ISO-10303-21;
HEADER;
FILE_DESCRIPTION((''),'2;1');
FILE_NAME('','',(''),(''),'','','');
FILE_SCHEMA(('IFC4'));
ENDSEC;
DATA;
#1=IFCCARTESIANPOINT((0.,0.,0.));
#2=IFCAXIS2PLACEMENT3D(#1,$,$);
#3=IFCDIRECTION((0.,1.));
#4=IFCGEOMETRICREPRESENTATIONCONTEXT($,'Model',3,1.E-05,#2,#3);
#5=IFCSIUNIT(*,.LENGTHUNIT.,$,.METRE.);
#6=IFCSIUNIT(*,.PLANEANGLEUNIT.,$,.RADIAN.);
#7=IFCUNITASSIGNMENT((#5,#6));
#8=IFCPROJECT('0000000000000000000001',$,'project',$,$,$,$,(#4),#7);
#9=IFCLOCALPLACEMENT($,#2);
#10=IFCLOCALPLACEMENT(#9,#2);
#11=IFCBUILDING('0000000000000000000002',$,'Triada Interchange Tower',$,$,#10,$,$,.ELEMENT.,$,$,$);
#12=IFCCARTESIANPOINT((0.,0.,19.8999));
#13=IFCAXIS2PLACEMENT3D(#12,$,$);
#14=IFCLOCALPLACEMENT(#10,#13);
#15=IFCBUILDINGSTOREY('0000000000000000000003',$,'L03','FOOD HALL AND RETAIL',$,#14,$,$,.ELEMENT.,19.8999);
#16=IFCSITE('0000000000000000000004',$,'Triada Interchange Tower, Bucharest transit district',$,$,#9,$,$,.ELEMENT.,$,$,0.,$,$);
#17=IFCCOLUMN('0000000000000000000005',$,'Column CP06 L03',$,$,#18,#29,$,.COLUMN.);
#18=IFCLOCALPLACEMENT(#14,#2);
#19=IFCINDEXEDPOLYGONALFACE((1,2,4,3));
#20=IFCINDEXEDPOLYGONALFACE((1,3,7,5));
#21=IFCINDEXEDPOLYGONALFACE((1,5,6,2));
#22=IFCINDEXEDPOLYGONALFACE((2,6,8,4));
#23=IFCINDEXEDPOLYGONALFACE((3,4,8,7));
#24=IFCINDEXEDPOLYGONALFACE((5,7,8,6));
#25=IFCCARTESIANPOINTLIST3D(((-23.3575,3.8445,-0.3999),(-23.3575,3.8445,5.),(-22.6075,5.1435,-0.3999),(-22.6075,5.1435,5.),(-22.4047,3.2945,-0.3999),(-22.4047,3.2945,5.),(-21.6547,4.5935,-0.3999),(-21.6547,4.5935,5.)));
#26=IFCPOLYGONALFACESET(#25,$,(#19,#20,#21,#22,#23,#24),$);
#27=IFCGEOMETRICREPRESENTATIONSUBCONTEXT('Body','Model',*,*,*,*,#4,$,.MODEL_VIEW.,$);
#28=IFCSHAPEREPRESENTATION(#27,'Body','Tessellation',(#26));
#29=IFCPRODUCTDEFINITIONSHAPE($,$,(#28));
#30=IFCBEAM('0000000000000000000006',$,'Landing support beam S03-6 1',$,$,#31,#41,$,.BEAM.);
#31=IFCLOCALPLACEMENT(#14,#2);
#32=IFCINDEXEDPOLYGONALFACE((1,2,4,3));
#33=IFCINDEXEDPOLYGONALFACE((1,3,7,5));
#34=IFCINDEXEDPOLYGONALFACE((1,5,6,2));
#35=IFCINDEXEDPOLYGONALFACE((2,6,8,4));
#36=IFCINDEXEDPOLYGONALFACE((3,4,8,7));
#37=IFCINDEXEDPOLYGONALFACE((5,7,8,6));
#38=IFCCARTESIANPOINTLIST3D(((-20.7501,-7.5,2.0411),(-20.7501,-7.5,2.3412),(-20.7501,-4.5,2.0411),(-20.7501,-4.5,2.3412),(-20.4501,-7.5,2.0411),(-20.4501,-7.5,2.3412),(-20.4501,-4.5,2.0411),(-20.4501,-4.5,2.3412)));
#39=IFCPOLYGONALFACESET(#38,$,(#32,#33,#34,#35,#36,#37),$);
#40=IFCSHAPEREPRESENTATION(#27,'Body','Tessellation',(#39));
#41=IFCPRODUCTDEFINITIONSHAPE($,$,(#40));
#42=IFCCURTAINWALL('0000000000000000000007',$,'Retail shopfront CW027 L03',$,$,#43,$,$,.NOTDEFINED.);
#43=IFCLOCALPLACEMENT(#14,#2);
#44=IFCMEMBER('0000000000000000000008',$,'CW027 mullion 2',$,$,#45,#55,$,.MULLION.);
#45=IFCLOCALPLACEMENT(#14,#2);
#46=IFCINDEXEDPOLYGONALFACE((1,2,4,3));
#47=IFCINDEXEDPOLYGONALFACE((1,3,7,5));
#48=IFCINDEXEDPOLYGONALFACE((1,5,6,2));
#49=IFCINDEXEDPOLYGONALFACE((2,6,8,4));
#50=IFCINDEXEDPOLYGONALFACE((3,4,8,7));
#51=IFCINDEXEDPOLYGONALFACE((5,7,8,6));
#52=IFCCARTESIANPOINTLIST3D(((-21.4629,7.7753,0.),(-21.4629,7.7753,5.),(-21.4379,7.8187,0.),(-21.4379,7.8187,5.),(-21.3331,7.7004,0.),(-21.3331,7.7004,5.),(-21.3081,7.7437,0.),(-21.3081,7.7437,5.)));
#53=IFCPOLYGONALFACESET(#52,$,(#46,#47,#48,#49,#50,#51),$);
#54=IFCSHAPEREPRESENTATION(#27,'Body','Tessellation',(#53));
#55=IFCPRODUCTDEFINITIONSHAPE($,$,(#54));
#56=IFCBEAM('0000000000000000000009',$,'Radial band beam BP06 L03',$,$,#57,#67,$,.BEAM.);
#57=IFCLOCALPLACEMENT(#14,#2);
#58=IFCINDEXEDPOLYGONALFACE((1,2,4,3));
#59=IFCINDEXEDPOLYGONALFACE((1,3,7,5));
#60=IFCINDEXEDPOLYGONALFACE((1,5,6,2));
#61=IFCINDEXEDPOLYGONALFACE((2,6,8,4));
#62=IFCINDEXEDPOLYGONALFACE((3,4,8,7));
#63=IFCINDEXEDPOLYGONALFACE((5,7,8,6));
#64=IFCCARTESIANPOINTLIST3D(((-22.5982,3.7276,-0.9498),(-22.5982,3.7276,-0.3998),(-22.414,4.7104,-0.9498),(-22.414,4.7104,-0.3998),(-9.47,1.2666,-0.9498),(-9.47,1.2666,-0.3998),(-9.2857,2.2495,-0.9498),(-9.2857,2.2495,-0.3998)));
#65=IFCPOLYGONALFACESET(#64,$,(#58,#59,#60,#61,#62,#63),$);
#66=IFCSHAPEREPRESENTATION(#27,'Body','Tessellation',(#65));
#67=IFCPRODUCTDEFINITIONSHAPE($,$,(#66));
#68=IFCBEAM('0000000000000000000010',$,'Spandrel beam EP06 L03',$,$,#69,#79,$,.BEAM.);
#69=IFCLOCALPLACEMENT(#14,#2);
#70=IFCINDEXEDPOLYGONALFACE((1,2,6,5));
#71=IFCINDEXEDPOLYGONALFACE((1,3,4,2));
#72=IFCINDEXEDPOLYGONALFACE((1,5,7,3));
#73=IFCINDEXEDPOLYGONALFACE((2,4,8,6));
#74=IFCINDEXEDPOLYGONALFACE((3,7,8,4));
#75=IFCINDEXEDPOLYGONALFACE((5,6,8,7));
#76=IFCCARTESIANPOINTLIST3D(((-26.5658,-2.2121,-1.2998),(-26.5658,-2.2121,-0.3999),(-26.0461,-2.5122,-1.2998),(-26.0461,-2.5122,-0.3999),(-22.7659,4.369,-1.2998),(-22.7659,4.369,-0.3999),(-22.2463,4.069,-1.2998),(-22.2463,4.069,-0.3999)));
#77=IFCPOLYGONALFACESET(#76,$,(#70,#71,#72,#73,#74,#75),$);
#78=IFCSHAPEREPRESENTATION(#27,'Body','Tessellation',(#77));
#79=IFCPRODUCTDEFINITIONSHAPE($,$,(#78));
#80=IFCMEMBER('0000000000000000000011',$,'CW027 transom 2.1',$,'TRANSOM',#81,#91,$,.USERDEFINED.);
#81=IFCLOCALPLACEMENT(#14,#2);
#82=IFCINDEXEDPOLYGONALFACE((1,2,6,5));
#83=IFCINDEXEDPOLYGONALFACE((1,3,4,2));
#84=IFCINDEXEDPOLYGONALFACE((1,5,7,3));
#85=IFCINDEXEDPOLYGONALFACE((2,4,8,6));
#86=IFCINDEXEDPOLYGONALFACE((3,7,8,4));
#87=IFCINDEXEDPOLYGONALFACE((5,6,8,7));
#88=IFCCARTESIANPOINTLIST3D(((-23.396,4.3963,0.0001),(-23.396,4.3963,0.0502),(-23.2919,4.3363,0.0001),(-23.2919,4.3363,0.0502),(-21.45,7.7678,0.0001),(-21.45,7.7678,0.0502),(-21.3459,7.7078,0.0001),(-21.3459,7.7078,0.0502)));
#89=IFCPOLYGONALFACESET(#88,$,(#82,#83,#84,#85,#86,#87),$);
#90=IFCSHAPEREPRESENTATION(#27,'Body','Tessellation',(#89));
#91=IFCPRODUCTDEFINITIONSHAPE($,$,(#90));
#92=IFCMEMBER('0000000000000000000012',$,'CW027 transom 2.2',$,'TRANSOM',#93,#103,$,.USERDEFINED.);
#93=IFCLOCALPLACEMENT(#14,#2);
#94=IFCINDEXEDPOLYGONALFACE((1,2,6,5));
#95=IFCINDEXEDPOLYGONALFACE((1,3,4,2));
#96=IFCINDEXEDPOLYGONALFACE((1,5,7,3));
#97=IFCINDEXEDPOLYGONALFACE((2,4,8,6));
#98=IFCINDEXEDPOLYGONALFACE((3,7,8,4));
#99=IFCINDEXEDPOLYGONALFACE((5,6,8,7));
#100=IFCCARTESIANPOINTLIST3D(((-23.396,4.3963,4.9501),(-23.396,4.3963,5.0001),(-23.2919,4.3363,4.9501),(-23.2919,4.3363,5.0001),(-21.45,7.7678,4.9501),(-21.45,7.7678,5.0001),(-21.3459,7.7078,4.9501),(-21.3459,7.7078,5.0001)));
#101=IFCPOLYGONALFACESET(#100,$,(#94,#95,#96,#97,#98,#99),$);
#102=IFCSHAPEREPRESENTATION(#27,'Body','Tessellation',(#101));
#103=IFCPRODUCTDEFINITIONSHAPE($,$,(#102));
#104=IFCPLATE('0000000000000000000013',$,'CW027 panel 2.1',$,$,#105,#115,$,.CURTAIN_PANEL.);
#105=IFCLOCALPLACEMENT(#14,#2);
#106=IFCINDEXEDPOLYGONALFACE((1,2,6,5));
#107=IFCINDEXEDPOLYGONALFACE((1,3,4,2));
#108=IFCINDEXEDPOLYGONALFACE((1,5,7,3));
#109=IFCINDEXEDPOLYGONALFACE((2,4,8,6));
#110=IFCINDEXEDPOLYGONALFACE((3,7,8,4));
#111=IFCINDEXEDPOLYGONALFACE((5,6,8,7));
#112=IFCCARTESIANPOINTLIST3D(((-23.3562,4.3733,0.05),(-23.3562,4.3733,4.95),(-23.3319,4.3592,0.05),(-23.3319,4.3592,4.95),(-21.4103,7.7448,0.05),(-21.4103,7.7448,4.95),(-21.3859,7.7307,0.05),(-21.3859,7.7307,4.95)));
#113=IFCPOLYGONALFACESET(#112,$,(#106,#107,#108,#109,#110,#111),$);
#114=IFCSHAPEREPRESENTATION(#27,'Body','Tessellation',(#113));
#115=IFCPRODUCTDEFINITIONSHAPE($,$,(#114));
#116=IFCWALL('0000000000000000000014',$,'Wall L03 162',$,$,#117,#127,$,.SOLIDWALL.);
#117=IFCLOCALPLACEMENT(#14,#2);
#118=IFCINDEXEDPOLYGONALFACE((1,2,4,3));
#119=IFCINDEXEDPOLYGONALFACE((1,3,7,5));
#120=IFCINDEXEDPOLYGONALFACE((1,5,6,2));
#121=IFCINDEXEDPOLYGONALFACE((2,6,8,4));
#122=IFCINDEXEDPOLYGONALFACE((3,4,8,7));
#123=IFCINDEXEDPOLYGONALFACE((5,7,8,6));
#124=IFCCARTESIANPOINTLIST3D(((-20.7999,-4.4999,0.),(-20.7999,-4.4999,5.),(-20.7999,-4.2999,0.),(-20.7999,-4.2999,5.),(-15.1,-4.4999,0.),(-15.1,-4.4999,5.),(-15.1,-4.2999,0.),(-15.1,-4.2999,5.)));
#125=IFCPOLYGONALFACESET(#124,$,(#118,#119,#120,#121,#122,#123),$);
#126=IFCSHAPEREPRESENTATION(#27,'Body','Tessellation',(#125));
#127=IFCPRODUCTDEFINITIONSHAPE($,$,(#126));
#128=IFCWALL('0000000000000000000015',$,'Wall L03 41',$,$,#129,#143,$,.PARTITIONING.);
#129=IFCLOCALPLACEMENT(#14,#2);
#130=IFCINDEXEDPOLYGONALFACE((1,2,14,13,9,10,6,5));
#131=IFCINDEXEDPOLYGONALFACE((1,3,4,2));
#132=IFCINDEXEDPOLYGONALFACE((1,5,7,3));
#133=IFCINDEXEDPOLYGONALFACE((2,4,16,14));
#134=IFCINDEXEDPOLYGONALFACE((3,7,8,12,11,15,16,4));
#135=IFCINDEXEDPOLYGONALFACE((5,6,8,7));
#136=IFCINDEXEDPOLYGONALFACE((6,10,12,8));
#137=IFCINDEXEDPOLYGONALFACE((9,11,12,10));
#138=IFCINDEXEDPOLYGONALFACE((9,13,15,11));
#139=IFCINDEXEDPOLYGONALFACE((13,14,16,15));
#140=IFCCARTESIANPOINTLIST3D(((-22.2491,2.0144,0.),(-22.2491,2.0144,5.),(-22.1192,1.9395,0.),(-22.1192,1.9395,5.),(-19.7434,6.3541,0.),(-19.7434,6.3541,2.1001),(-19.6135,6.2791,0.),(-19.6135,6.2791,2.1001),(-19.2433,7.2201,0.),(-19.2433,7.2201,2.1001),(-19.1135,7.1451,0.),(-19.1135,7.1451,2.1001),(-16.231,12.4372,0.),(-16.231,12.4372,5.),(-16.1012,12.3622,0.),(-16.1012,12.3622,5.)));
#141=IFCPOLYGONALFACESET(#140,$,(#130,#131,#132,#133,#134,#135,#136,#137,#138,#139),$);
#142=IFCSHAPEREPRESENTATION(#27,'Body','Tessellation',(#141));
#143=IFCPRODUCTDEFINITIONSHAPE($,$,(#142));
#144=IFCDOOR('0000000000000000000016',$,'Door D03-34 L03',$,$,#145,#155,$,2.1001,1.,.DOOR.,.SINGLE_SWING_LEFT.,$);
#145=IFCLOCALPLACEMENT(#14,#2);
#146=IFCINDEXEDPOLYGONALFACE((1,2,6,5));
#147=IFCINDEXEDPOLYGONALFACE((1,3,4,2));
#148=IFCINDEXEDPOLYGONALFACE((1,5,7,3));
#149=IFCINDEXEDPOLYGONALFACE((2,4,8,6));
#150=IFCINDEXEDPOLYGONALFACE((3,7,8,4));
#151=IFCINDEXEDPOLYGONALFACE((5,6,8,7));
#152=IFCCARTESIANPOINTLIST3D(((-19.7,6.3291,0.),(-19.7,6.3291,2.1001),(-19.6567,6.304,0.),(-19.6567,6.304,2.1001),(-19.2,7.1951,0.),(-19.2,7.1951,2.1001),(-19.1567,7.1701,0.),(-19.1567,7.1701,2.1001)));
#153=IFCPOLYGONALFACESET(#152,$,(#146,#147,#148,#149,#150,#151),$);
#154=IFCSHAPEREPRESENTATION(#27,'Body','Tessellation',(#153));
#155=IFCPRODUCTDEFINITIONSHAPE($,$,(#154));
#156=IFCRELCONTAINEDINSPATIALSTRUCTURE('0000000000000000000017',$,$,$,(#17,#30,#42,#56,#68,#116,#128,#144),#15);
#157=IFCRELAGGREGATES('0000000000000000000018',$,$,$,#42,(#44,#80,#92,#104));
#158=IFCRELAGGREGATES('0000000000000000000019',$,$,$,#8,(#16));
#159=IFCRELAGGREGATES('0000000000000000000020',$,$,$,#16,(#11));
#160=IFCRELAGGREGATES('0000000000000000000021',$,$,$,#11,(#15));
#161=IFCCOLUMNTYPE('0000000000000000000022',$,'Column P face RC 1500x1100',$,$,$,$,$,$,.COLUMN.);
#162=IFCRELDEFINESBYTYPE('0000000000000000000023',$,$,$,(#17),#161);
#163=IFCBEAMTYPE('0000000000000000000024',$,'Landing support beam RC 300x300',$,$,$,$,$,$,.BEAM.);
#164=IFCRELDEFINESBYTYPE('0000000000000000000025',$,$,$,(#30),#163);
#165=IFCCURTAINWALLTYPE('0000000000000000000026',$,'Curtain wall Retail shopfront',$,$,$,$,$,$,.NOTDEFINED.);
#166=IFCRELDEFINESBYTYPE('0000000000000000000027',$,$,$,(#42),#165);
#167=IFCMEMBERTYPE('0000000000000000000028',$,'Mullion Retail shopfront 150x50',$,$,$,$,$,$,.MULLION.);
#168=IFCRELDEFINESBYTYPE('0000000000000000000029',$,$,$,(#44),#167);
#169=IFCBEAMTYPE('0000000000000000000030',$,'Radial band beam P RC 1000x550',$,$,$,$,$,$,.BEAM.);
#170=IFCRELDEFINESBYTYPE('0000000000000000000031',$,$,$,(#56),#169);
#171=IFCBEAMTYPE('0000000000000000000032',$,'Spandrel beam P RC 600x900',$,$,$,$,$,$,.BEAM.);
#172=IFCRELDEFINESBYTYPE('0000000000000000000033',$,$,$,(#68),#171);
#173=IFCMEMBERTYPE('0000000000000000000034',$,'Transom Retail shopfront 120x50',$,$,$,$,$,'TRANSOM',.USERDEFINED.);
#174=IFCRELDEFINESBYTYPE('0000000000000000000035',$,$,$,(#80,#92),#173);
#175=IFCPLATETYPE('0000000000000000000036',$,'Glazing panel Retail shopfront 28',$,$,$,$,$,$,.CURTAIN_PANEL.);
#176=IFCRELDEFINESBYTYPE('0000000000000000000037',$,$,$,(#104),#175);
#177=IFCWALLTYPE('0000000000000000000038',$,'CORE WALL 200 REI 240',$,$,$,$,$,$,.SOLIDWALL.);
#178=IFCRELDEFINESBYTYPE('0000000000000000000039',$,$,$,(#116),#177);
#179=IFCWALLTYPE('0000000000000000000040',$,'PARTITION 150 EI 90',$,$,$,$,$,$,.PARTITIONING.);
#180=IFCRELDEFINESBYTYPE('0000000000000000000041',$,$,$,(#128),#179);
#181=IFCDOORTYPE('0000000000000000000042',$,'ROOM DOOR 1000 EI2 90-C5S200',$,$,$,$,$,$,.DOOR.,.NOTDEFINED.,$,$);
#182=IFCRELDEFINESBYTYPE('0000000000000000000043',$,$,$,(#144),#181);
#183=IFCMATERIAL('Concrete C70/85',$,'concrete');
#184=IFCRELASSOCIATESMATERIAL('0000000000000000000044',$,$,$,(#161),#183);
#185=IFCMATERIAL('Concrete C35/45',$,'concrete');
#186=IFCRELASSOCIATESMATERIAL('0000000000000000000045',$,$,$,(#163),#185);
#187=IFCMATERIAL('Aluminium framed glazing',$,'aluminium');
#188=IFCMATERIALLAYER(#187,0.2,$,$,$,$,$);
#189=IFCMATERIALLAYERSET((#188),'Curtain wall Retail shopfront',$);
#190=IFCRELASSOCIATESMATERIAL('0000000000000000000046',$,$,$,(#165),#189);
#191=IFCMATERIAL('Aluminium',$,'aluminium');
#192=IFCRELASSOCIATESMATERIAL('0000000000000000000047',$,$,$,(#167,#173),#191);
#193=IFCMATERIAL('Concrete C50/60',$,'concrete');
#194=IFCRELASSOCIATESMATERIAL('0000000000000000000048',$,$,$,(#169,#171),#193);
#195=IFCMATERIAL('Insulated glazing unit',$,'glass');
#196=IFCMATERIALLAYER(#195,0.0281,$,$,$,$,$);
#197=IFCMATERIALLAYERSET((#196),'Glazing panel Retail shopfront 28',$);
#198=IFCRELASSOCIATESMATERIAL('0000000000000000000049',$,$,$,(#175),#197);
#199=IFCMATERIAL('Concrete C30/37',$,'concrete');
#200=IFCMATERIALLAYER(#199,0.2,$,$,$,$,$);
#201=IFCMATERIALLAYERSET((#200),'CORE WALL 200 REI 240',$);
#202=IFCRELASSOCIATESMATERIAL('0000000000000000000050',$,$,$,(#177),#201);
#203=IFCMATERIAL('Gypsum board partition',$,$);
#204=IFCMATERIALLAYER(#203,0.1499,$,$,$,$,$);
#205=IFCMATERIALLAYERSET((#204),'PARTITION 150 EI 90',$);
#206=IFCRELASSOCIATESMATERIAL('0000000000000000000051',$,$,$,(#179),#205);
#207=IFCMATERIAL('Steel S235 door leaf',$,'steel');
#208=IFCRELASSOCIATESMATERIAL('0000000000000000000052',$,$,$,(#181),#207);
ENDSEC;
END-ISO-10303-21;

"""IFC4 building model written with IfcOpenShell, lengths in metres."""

from ifc_helpers import new_model, si_unit, direction, frame, frame_2d, origin, origin_2d, place, context, subcontext, project, spatial, rectangle, extrude, material, layer, layer_set, material_profile, profile_set, type_object, element, fill, aggregate, save


model = new_model("IFC4")

# Units and contexts
model_context = context("Model", 3, precision=1e-05, world=origin(), true_north=direction((0.0, 1.0)))
body_context = subcontext(model_context, "Body", "Model", "MODEL_VIEW")
ifc_project = project(units=[si_unit("LENGTHUNIT", "METRE"), si_unit("PLANEANGLEUNIT", "RADIAN")], contexts=[model_context])

# Site, building, storey
site_placement = place(None, origin())
site = spatial("IfcSite", under=ifc_project, at=site_placement, Name="Triada Interchange Tower, Bucharest transit district", CompositionType="ELEMENT", RefElevation=0.0)
building_placement = place(site_placement, origin())
building = spatial("IfcBuilding", under=site, at=building_placement, Name="Triada Interchange Tower", CompositionType="ELEMENT")
storey_placement = place(building_placement, frame((0.0, 0.0, 19.8999)))
storey = spatial("IfcBuildingStorey", under=building, at=storey_placement, Name="L03", Description="FOOD HALL AND RETAIL", CompositionType="ELEMENT", Elevation=19.8999)

# Column
ifc_material_1 = material(Name="Concrete C70/85", Category="concrete")
ifc_material_profile_1 = material_profile(ifc_material_1, rectangle(XDim=1.5, YDim=1.1001, at=origin_2d()), Name="RC 1500x1100")
ifc_profile_set_1 = profile_set([ifc_material_profile_1], Name="Concrete C70/85")
column_type = type_object("IfcColumnType", Name="Column P face RC 1500x1100", PredefinedType="COLUMN", material=ifc_profile_set_1)
column_placement = place(storey_placement, frame((-22.5061, 4.219, -0.3999), z_axis=(0.0, 0.0, 1.0), x_axis=(0.5, 0.866025, 0.0)))
element("IfcColumn", 1, at=column_placement, inside=storey, type_object=column_type, Name="Column CP06 L03", PredefinedType="COLUMN", context=body_context, shape_type="SweptSolid", body=[
    extrude(rectangle(XDim=1.5, YDim=1.1001, at=origin_2d()), origin(), (0.0, 0.0, 1.0), 5.3999),
])

# Beam
ifc_material_2 = material(Name="Concrete C35/45", Category="concrete")
ifc_material_profile_2 = material_profile(ifc_material_2, rectangle(XDim=0.3, YDim=0.3, at=origin_2d()), Name="RC 300x300")
ifc_profile_set_2 = profile_set([ifc_material_profile_2], Name="Concrete C35/45")
beam_type_1 = type_object("IfcBeamType", Name="Landing support beam RC 300x300", PredefinedType="BEAM", material=ifc_profile_set_2)
beam_1_placement = place(storey_placement, frame((-20.6001, -4.5, 2.1912), z_axis=(0.0, -1.0, 0.0), x_axis=(1.0, 0.0, 0.0)))
element("IfcBeam", 2, at=beam_1_placement, inside=storey, type_object=beam_type_1, Name="Landing support beam S03-6 1", PredefinedType="BEAM", context=body_context, shape_type="SweptSolid", body=[
    extrude(rectangle(XDim=0.3, YDim=0.3, at=origin_2d()), origin(), (0.0, 0.0, 1.0), 3.0),
])

# Curtain wall, member
ifc_material_3 = material(Name="Aluminium framed glazing", Category="aluminium")
ifc_layer_1 = layer(ifc_material_3, 0.2)
ifc_layer_set_1 = layer_set([ifc_layer_1], Name="Curtain wall Retail shopfront")
curtain_wall_type = type_object("IfcCurtainWallType", Name="Curtain wall Retail shopfront", PredefinedType="NOTDEFINED", material=ifc_layer_set_1)
curtain_wall_placement = place(storey_placement, origin())
curtain_wall = element("IfcCurtainWall", 3, at=curtain_wall_placement, inside=storey, type_object=curtain_wall_type, Name="Retail shopfront CW027 L03", PredefinedType="NOTDEFINED")
ifc_material_4 = material(Name="Aluminium", Category="aluminium")
ifc_material_profile_3 = material_profile(ifc_material_4, rectangle(XDim=0.1499, YDim=0.05, at=origin_2d()), Name="Aluminium mullion")
ifc_profile_set_3 = profile_set([ifc_material_profile_3], Name="Aluminium")
member_type_1 = type_object("IfcMemberType", Name="Mullion Retail shopfront 150x50", PredefinedType="MULLION", material=ifc_profile_set_3)
member_1_placement = place(storey_placement, frame((-21.3855, 7.7595, 0.0), z_axis=(0.0, 0.0, 1.0), x_axis=(0.866087, -0.499893, 0.0)))
member_1 = element("IfcMember", 4, at=member_1_placement, type_object=member_type_1, Name="CW027 mullion 2", PredefinedType="MULLION", context=body_context, shape_type="SweptSolid", body=[
    extrude(rectangle(XDim=0.1499, YDim=0.05, at=origin_2d()), origin(), (0.0, 0.0, 1.0), 5.0),
])

# Beams
ifc_material_5 = material(Name="Concrete C50/60", Category="concrete")
ifc_material_profile_4 = material_profile(ifc_material_5, rectangle(XDim=1.0, YDim=0.55, at=origin_2d()), Name="RC 1000x550")
ifc_profile_set_4 = profile_set([ifc_material_profile_4], Name="Concrete C50/60")
beam_type_2 = type_object("IfcBeamType", Name="Radial band beam P RC 1000x550", PredefinedType="BEAM", material=ifc_profile_set_4)
beam_2_placement = place(storey_placement, frame((-22.5061, 4.219, -0.6748), z_axis=(0.98288, -0.184245, 0.0), x_axis=(0.184245, 0.98288, 0.0)))
element("IfcBeam", 5, at=beam_2_placement, inside=storey, type_object=beam_type_2, Name="Radial band beam BP06 L03", PredefinedType="BEAM", context=body_context, shape_type="SweptSolid", body=[
    extrude(rectangle(XDim=1.0, YDim=0.55, at=origin_2d()), origin(), (0.0, 0.0, 1.0), 13.3569),
])
ifc_material_profile_5 = material_profile(ifc_material_5, rectangle(XDim=0.6001, YDim=0.8999, at=origin_2d()), Name="RC 600x900")
ifc_profile_set_5 = profile_set([ifc_material_profile_5], Name="Concrete C50/60")
beam_type_3 = type_object("IfcBeamType", Name="Spandrel beam P RC 600x900", PredefinedType="BEAM", material=ifc_profile_set_5)
beam_3_placement = place(storey_placement, frame((-22.5061, 4.219, -0.8499), z_axis=(-0.500023, -0.866012, 0.0), x_axis=(0.866012, -0.500023, 0.0)))
element("IfcBeam", 6, at=beam_3_placement, inside=storey, type_object=beam_type_3, Name="Spandrel beam EP06 L03", PredefinedType="BEAM", context=body_context, shape_type="SweptSolid", body=[
    extrude(rectangle(XDim=0.6001, YDim=0.8999, at=origin_2d()), origin(), (0.0, 0.0, 1.0), 7.5994),
])

# Members
ifc_material_profile_6 = material_profile(ifc_material_4, rectangle(XDim=0.1201, YDim=0.05, at=origin_2d()), Name="Aluminium transom")
ifc_profile_set_6 = profile_set([ifc_material_profile_6], Name="Aluminium")
member_type_2 = type_object("IfcMemberType", Name="Transom Retail shopfront 120x50", ElementType="TRANSOM", PredefinedType="USERDEFINED", material=ifc_profile_set_6)
member_2_placement = place(storey_placement, frame((-21.3979, 7.7378, 0.0251), z_axis=(-0.499896, -0.866085, 0.0), x_axis=(0.866085, -0.499896, 0.0)))
member_2 = element("IfcMember", 7, at=member_2_placement, type_object=member_type_2, Name="CW027 transom 2.1", ObjectType="TRANSOM", PredefinedType="USERDEFINED", context=body_context, shape_type="SweptSolid", body=[
    extrude(rectangle(XDim=0.1201, YDim=0.05, at=origin_2d()), origin(), (0.0, 0.0, 1.0), 3.8928),
])
member_3_placement = place(storey_placement, frame((-21.3979, 7.7378, 4.9751), z_axis=(-0.499896, -0.866085, 0.0), x_axis=(0.866085, -0.499896, 0.0)))
member_3 = element("IfcMember", 8, at=member_3_placement, type_object=member_type_2, Name="CW027 transom 2.2", ObjectType="TRANSOM", PredefinedType="USERDEFINED", context=body_context, shape_type="SweptSolid", body=[
    extrude(rectangle(XDim=0.1201, YDim=0.05, at=origin_2d()), origin(), (0.0, 0.0, 1.0), 3.8928),
])

# Plate
ifc_material_6 = material(Name="Insulated glazing unit", Category="glass")
ifc_layer_2 = layer(ifc_material_6, 0.0281)
ifc_layer_set_2 = layer_set([ifc_layer_2], Name="Glazing panel Retail shopfront 28")
plate_type = type_object("IfcPlateType", Name="Glazing panel Retail shopfront 28", PredefinedType="CURTAIN_PANEL", material=ifc_layer_set_2)
plate_placement = place(storey_placement, frame((-22.3711, 6.052, 0.05), z_axis=(0.0, 0.0, 1.0), x_axis=(-0.499893, -0.866087, 0.0)))
plate = element("IfcPlate", 9, at=plate_placement, type_object=plate_type, Name="CW027 panel 2.1", PredefinedType="CURTAIN_PANEL", context=body_context, shape_type="SweptSolid", body=[
    extrude(rectangle(XDim=3.8928, YDim=0.0281, at=origin_2d()), origin(), (0.0, 0.0, 1.0), 4.8999),
])
aggregate(curtain_wall, [member_1, member_2, member_3, plate])

# Wall
ifc_material_7 = material(Name="Concrete C30/37", Category="concrete")
ifc_layer_3 = layer(ifc_material_7, 0.2)
ifc_layer_set_3 = layer_set([ifc_layer_3], Name="CORE WALL 200 REI 240")
wall_type_1 = type_object("IfcWallType", Name="CORE WALL 200 REI 240", PredefinedType="SOLIDWALL", material=ifc_layer_set_3)
wall_1_placement = place(storey_placement, frame((-20.8, -4.3999, 0.0), z_axis=(0.0, 0.0, 1.0), x_axis=(1.0, 0.0, 0.0)))
element("IfcWall", 10, at=wall_1_placement, inside=storey, type_object=wall_type_1, Name="Wall L03 162", PredefinedType="SOLIDWALL", context=body_context, shape_type="SweptSolid", body=[
    extrude(rectangle(XDim=5.7, YDim=0.2, at=frame_2d((2.8501, 0.0))), origin(), (0.0, 0.0, 1.0), 5.0),
])

# Wall, opening, door
ifc_material_8 = material(Name="Gypsum board partition")
ifc_layer_4 = layer(ifc_material_8, 0.1499)
ifc_layer_set_4 = layer_set([ifc_layer_4], Name="PARTITION 150 EI 90")
wall_type_2 = type_object("IfcWallType", Name="PARTITION 150 EI 90", PredefinedType="PARTITIONING", material=ifc_layer_set_4)
wall_2_placement = place(storey_placement, frame((-22.1841, 1.9771, 0.0), z_axis=(0.0, 0.0, 1.0), x_axis=(0.500027, 0.86601, 0.0)))
wall_2 = element("IfcWall", 11, at=wall_2_placement, inside=storey, type_object=wall_type_2, Name="Wall L03 41", PredefinedType="PARTITIONING", context=body_context, shape_type="SweptSolid", body=[
    extrude(rectangle(XDim=12.0354, YDim=0.1499, at=frame_2d((6.0176, 0.0))), origin(), (0.0, 0.0, 1.0), 5.0),
])
opening_1_placement = place(wall_2_placement, frame((5.011, 0.0, 0.0)))
opening_1 = element("IfcOpeningElement", 12, at=opening_1_placement, cuts=wall_2, PredefinedType="OPENING", context=body_context, shape_type="SweptSolid", body=[
    extrude(rectangle(XDim=1.0, YDim=2.1001, at=frame_2d((0.5, 1.05))), frame((0.0, 0.085, 0.0), z_axis=(0.0, -1.0, 0.0), x_axis=(1.0, 0.0, 0.0)), (0.0, 0.0, 1.0), 0.1699),
])
ifc_material_9 = material(Name="Steel S235 door leaf", Category="steel")
door_type_1 = type_object("IfcDoorType", Name="ROOM DOOR 1000 EI2 90-C5S200", OperationType="NOTDEFINED", PredefinedType="DOOR", material=ifc_material_9)
door_1_placement = place(opening_1_placement, origin())
door_1 = element("IfcDoor", 13, at=door_1_placement, inside=storey, type_object=door_type_1, Name="Door D03-34 L03", OperationType="SINGLE_SWING_LEFT", OverallHeight=2.1001, OverallWidth=1.0, PredefinedType="DOOR", context=body_context, shape_type="SweptSolid", body=[
    extrude(rectangle(XDim=1.0, YDim=2.1001, at=frame_2d((0.5, 1.05))), frame((0.0, 0.0249, 0.0), z_axis=(0.0, -1.0, 0.0), x_axis=(1.0, 0.0, 0.0)), (0.0, 0.0, 1.0), 0.05),
])
fill(opening_1, door_1)

save(model, "model.ifc")
